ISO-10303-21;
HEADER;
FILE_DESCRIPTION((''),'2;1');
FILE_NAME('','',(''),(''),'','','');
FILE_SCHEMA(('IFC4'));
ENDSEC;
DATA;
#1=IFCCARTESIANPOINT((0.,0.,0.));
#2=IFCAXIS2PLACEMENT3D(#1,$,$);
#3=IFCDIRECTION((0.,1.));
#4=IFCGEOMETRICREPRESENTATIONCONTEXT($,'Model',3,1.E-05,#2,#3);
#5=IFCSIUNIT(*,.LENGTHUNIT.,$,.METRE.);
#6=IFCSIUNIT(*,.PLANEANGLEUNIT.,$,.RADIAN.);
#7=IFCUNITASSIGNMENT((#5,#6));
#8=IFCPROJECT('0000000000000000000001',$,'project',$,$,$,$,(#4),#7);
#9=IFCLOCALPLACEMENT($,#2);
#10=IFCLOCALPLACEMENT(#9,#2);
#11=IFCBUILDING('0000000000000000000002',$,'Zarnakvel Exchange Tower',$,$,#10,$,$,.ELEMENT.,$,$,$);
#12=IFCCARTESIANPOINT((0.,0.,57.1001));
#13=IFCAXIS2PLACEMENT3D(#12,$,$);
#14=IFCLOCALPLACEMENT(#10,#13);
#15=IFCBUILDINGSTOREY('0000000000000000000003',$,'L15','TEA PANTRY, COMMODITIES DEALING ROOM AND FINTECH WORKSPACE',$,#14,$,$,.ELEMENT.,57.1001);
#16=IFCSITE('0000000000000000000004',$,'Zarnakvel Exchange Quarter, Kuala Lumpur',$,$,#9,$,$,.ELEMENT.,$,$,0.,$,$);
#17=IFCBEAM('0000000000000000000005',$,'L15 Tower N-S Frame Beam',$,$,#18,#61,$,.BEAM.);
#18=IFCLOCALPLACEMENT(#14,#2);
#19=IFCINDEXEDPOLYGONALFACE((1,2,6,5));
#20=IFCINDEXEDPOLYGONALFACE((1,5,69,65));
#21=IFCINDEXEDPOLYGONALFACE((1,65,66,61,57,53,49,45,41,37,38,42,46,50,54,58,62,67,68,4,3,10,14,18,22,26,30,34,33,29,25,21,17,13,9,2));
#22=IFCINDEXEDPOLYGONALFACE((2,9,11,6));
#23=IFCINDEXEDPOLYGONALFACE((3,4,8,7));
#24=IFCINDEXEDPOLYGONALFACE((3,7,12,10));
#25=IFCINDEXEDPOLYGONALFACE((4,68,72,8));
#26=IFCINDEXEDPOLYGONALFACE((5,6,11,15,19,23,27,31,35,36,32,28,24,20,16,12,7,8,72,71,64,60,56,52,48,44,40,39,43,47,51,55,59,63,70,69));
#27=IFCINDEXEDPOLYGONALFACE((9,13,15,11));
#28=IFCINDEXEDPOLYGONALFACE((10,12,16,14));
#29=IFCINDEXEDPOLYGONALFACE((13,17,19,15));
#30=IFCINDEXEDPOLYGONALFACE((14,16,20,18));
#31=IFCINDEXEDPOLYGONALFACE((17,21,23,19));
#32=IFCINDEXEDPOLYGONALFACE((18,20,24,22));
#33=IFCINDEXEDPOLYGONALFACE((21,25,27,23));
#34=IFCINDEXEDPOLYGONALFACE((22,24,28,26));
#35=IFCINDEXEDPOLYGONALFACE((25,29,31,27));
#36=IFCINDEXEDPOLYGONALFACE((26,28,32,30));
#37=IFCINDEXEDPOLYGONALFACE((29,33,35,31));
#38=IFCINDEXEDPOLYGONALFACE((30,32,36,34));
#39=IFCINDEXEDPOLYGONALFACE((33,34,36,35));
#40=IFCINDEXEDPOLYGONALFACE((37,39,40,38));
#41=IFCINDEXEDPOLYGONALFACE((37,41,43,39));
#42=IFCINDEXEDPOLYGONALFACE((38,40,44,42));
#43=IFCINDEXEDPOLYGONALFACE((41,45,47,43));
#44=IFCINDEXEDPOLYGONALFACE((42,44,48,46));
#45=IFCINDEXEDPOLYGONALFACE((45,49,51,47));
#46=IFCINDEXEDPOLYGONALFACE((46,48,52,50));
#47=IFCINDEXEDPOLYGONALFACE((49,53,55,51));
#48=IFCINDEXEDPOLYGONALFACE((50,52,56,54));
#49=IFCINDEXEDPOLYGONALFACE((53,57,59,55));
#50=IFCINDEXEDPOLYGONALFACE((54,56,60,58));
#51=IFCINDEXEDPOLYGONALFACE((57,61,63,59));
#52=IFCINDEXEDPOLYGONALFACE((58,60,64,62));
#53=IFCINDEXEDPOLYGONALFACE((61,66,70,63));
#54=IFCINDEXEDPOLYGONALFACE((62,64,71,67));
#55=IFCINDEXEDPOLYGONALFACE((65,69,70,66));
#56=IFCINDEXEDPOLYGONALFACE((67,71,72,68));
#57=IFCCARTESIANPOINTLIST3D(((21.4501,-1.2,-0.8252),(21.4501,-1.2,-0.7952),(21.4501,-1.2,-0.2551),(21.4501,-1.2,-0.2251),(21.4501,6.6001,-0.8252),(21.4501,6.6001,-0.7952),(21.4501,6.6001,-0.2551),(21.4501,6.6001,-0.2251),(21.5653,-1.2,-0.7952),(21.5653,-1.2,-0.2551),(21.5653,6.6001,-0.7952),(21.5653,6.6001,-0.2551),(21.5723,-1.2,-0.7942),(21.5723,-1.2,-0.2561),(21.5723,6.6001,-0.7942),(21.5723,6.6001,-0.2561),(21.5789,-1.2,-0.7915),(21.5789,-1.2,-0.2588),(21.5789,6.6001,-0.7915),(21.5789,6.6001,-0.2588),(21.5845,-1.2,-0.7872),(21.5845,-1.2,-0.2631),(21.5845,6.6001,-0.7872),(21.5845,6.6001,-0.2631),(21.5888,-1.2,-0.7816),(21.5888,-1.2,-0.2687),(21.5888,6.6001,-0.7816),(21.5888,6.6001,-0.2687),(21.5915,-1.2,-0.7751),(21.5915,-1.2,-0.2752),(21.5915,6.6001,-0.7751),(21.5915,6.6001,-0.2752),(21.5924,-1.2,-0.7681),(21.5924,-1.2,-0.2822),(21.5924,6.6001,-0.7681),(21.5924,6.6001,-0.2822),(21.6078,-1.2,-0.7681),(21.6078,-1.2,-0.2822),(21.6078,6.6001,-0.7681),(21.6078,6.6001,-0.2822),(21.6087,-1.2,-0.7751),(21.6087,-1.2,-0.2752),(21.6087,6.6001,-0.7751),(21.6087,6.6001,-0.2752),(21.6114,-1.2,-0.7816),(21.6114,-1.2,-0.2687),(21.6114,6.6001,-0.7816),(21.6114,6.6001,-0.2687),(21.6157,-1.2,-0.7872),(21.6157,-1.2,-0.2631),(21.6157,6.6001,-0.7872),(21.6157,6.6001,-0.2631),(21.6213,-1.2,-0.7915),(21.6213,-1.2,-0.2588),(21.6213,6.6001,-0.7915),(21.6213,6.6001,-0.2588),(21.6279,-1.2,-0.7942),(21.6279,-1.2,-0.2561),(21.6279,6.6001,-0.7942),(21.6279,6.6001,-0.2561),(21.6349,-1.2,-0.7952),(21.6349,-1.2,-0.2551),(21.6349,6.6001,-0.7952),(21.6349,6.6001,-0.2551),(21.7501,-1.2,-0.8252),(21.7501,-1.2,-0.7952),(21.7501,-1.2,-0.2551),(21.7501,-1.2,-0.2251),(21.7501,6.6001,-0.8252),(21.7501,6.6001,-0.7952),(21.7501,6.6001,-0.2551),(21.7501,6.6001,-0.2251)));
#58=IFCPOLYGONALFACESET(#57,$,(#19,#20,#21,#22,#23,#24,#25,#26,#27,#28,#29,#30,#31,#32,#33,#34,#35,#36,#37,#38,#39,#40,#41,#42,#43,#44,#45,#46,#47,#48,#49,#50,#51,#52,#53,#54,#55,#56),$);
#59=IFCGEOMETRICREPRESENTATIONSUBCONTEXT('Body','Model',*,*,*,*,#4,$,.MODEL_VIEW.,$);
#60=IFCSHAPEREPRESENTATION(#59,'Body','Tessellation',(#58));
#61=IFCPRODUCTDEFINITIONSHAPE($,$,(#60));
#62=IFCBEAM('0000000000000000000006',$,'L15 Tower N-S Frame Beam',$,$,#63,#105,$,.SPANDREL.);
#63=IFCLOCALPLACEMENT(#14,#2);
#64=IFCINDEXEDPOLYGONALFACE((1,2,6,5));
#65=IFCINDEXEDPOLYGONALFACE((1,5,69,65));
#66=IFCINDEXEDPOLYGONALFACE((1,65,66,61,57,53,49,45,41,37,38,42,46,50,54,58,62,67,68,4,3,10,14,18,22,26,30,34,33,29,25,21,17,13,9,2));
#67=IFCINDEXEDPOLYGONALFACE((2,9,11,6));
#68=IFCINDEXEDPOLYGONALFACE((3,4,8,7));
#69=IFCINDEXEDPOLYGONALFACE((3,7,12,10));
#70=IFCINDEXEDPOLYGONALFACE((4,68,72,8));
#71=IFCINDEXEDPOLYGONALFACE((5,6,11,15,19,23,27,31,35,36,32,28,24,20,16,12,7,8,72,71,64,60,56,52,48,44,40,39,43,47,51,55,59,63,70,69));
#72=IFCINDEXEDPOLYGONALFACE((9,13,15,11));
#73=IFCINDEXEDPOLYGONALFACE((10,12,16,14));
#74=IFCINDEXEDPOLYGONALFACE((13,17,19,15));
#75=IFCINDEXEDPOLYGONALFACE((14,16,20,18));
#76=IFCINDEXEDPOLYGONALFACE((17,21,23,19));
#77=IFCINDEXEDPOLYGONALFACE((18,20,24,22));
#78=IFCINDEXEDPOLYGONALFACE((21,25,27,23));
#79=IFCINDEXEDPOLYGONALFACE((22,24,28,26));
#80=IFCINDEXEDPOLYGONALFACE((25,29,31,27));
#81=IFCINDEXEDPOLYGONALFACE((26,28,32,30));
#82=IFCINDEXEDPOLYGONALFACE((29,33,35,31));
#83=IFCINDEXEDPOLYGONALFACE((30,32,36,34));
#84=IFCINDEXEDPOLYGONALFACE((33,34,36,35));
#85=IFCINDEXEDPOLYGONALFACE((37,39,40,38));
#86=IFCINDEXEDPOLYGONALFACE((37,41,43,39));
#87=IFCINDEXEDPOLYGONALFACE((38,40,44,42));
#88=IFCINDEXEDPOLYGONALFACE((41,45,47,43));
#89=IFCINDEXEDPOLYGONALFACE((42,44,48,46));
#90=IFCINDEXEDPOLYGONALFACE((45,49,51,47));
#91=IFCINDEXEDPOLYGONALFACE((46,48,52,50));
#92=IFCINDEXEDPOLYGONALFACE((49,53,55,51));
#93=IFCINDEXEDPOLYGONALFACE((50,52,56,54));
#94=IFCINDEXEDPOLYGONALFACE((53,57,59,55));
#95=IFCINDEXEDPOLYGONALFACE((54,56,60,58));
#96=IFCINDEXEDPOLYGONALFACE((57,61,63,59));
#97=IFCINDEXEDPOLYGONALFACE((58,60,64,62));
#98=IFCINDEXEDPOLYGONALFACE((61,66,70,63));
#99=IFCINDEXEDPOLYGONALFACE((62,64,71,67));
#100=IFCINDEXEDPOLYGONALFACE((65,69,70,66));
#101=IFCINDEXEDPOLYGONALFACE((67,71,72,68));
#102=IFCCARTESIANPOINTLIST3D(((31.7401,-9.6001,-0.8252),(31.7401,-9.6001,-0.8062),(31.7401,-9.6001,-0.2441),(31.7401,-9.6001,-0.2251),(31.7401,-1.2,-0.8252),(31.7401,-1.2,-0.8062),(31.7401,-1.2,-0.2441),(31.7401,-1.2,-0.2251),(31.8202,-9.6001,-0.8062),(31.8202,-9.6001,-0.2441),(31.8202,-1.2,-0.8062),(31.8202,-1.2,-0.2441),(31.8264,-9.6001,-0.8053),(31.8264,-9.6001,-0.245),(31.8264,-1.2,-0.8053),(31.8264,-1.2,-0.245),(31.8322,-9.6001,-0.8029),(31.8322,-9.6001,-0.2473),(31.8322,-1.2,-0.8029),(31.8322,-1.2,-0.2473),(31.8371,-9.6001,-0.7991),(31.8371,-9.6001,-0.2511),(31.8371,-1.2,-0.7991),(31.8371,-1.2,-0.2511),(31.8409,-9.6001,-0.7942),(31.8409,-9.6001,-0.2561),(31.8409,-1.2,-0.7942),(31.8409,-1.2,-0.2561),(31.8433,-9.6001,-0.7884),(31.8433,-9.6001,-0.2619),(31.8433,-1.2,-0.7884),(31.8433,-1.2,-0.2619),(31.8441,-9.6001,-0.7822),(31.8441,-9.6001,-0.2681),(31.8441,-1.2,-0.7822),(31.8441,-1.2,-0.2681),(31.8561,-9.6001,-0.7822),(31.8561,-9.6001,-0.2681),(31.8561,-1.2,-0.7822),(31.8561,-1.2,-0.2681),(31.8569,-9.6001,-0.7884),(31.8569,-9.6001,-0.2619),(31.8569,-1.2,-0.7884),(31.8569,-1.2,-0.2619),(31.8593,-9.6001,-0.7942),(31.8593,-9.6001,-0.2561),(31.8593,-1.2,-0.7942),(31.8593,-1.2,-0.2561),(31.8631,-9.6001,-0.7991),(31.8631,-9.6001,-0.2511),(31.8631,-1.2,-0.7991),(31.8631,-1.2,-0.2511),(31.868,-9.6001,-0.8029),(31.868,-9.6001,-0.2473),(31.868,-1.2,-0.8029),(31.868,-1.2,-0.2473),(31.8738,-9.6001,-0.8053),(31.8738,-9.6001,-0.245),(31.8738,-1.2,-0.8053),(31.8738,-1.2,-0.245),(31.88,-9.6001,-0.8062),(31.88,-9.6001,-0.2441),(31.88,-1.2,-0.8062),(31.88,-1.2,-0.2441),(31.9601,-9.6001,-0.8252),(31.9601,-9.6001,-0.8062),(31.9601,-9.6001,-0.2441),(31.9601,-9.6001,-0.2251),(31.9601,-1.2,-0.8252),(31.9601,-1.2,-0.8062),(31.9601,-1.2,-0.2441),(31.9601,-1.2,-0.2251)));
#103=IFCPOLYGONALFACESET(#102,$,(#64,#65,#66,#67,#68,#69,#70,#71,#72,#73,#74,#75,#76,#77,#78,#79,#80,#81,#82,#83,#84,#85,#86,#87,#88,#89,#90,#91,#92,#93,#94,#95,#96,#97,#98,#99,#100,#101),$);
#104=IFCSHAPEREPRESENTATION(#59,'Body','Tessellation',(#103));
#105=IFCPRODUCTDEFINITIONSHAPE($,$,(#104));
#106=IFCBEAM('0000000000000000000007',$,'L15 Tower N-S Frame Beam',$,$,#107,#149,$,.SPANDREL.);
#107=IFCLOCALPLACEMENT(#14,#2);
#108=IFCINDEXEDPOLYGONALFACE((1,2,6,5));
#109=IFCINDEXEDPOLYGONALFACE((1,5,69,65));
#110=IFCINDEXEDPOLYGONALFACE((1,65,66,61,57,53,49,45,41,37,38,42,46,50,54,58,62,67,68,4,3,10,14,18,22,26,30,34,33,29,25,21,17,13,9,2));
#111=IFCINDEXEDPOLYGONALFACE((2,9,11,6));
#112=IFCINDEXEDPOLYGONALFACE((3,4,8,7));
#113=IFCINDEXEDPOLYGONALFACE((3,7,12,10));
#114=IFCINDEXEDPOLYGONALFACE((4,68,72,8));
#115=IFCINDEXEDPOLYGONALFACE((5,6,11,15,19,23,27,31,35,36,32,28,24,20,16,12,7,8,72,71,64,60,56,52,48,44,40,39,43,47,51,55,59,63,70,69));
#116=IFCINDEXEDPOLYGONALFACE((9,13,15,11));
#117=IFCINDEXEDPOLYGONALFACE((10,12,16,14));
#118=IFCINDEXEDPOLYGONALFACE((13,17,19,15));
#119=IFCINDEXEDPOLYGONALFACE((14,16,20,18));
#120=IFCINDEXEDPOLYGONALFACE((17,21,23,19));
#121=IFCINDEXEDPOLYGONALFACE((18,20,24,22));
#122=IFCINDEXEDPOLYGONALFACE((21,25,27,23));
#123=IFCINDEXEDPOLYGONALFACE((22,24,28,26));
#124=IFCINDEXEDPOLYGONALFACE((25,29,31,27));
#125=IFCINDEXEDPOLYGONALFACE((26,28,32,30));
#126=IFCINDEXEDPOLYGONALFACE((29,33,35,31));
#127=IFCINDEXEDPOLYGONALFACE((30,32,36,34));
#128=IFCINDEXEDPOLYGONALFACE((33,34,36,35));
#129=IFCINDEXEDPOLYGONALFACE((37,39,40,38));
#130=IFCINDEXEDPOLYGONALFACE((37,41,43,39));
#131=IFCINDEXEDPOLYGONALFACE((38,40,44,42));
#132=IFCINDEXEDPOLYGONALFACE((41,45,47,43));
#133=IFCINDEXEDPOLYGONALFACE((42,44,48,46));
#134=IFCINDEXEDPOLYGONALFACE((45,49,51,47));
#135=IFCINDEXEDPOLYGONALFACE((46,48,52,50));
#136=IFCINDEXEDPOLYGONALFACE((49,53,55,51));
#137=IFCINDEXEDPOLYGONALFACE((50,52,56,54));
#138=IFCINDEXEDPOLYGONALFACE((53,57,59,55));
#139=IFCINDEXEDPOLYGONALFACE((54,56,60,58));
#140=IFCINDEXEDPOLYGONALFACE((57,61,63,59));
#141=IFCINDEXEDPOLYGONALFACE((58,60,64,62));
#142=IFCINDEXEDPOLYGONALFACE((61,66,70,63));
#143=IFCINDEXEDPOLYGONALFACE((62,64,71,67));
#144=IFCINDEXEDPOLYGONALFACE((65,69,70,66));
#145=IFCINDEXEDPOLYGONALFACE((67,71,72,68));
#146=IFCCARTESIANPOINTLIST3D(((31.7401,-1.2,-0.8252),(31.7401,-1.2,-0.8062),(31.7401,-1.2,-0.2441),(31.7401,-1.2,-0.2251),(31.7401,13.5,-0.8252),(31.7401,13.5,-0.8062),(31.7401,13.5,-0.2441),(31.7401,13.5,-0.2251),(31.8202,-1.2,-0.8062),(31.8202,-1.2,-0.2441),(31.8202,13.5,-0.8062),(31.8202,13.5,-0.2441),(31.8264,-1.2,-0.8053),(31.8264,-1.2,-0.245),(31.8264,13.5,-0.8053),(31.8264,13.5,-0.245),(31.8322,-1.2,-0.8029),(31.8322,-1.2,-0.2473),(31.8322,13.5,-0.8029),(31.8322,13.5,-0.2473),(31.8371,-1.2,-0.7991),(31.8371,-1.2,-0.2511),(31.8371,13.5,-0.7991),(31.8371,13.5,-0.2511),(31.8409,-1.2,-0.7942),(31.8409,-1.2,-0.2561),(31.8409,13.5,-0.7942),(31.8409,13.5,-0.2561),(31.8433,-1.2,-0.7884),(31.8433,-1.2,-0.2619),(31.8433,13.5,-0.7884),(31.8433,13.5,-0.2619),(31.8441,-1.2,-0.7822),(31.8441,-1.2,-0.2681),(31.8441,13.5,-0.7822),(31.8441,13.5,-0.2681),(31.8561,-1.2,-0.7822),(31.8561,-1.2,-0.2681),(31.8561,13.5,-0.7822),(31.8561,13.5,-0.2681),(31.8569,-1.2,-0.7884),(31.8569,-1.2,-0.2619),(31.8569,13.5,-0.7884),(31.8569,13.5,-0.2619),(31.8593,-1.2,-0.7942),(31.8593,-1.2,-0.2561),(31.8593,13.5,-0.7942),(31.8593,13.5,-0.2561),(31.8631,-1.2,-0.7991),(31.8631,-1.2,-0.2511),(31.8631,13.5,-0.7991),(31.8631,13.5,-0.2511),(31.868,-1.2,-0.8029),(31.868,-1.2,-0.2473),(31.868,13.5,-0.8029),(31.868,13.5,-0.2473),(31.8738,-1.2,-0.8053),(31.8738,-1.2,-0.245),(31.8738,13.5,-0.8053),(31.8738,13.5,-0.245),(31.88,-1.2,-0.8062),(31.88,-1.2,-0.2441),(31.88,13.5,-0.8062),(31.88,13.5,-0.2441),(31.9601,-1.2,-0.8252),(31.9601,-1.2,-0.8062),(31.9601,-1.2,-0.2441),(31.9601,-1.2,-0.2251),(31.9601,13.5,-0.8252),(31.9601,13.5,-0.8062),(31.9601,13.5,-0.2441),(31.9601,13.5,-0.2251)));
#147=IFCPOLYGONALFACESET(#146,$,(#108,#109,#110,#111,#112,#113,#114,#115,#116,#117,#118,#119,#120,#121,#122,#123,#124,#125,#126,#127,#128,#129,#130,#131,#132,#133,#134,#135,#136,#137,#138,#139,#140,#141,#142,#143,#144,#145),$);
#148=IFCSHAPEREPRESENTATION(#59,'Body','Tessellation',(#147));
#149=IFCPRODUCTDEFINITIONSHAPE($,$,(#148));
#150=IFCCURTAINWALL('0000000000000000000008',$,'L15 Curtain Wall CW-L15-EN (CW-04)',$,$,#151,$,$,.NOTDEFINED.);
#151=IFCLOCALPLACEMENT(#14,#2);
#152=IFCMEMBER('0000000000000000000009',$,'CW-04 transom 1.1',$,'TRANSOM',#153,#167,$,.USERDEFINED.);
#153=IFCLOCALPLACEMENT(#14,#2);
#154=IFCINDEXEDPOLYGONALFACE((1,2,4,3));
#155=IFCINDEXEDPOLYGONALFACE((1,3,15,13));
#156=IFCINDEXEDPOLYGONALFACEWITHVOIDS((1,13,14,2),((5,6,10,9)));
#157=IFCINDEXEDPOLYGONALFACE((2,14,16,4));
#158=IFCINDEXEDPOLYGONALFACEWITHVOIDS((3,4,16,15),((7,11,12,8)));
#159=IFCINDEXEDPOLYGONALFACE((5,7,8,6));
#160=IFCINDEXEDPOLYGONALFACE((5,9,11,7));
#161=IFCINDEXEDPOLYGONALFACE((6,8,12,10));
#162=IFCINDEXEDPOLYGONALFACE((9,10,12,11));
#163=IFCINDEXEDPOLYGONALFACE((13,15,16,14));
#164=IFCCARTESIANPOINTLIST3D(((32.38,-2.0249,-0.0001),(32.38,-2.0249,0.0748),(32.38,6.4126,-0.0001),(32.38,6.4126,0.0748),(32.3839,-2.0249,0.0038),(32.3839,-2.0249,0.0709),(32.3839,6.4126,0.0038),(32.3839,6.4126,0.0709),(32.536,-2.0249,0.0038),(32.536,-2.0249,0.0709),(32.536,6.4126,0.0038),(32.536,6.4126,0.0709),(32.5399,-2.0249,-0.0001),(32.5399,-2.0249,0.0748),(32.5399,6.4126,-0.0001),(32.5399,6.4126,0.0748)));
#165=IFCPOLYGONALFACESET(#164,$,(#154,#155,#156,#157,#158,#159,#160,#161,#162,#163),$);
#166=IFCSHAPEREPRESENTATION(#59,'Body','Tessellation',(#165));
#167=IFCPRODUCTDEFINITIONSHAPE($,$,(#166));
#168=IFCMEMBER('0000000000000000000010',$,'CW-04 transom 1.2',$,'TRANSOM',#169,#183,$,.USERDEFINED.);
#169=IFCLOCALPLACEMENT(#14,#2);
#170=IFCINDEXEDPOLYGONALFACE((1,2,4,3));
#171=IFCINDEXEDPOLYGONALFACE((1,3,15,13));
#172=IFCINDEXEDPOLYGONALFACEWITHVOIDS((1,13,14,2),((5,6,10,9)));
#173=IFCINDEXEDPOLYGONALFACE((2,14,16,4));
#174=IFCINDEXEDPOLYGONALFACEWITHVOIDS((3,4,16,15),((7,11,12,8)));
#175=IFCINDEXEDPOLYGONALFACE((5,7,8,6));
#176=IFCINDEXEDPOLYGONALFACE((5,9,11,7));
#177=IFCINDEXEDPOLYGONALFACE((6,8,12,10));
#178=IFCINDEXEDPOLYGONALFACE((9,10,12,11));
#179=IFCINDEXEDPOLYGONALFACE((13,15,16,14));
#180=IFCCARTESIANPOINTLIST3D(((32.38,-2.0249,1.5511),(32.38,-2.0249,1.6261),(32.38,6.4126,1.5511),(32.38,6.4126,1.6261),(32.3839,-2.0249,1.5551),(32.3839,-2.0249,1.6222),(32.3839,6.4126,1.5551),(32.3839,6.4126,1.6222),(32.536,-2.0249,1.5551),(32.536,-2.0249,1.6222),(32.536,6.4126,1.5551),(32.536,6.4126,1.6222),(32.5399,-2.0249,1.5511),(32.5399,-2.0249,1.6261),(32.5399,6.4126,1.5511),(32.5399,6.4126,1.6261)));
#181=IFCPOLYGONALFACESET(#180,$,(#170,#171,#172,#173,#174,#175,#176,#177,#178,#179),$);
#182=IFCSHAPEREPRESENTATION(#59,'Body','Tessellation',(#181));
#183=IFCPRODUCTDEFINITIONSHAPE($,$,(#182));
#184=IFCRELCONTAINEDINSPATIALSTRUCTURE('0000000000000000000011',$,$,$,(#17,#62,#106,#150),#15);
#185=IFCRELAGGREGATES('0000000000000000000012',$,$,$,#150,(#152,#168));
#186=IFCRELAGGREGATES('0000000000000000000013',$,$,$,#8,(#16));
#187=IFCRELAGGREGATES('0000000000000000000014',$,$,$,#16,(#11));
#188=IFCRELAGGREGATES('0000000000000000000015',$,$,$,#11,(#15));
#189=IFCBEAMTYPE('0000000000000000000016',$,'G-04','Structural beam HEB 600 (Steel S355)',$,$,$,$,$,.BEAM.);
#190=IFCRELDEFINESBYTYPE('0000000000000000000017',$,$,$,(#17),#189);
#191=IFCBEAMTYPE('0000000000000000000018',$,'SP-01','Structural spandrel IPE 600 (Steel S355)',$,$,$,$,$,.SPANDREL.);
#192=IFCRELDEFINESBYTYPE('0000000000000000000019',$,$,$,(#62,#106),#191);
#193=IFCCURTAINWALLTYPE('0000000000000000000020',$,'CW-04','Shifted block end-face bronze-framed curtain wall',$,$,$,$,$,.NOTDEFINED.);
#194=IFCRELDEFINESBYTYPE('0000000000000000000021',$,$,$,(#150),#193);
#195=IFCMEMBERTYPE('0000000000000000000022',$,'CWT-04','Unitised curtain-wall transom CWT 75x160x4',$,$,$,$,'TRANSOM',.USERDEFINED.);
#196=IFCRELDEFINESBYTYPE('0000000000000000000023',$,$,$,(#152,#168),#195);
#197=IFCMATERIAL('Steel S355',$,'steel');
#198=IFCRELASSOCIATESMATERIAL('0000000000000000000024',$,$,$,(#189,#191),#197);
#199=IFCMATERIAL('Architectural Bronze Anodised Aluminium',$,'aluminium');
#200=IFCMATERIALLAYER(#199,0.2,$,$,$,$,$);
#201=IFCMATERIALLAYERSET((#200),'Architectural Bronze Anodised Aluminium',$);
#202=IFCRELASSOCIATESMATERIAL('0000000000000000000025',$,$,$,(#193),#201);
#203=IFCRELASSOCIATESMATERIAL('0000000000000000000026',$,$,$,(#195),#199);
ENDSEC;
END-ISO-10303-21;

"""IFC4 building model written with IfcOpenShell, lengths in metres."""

from ifc_helpers import new_model, si_unit, direction, frame, origin, origin_2d, place, context, subcontext, project, spatial, hollow_rectangle, i_section, extrude, source, transform, mapped, material, layer, layer_set, material_profile, profile_set, type_object, element, aggregate, save


model = new_model("IFC4")

# Units and contexts
model_context = context("Model", 3, precision=1e-05, world=origin(), true_north=direction((0.0, 1.0)))
body_context = subcontext(model_context, "Body", "Model", "MODEL_VIEW")
ifc_project = project(units=[si_unit("LENGTHUNIT", "METRE"), si_unit("PLANEANGLEUNIT", "RADIAN")], contexts=[model_context])

# Site, building, storey
site_placement = place(None, origin())
site = spatial("IfcSite", under=ifc_project, at=site_placement, Name="Zarnakvel Exchange Quarter, Kuala Lumpur", CompositionType="ELEMENT", RefElevation=0.0)
building_placement = place(site_placement, origin())
building = spatial("IfcBuilding", under=site, at=building_placement, Name="Zarnakvel Exchange Tower", CompositionType="ELEMENT")
storey_placement = place(building_placement, frame((0.0, 0.0, 57.1001)))
storey = spatial("IfcBuildingStorey", under=building, at=storey_placement, Name="L15", Description="TEA PANTRY, COMMODITIES DEALING ROOM AND FINTECH WORKSPACE", CompositionType="ELEMENT", Elevation=57.1001)

# Shared definitions
ifc_material_1 = material(Name="Steel S355", Category="steel")

# Beams
ifc_material_profile_1 = material_profile(ifc_material_1, i_section(OverallWidth=0.3, OverallDepth=0.6001, WebThickness=0.0154, FlangeThickness=0.03, FilletRadius=0.0271, at=origin_2d()))
ifc_profile_set_1 = profile_set([ifc_material_profile_1], Name="Steel S355")
beam_type_1 = type_object("IfcBeamType", Name="G-04", Description="Structural beam HEB 600 (Steel S355)", PredefinedType="BEAM", material=ifc_profile_set_1)
beam_1_placement = place(storey_placement, frame((21.6001, -1.2, -0.5251), z_axis=(0.0, 1.0, 0.0), x_axis=(-1.0, 0.0, 0.0)))
element("IfcBeam", 1, at=beam_1_placement, inside=storey, type_object=beam_type_1, Name="L15 Tower N-S Frame Beam", PredefinedType="BEAM", context=body_context, shape_type="SweptSolid", body=[
    extrude(i_section(OverallWidth=0.3, OverallDepth=0.6001, WebThickness=0.0154, FlangeThickness=0.03, FilletRadius=0.0271, at=origin_2d()), origin(), (0.0, 0.0, 1.0), 7.8),
])
ifc_material_profile_2 = material_profile(ifc_material_1, i_section(OverallWidth=0.22, OverallDepth=0.6001, WebThickness=0.012, FlangeThickness=0.019, FilletRadius=0.0239, at=origin_2d()))
ifc_profile_set_2 = profile_set([ifc_material_profile_2], Name="Steel S355")
beam_type_2 = type_object("IfcBeamType", Name="SP-01", Description="Structural spandrel IPE 600 (Steel S355)", PredefinedType="SPANDREL", material=ifc_profile_set_2)
beam_2_placement = place(storey_placement, frame((31.8501, -9.6001, -0.5251), z_axis=(0.0, 1.0, 0.0), x_axis=(-1.0, 0.0, 0.0)))
element("IfcBeam", 2, at=beam_2_placement, inside=storey, type_object=beam_type_2, Name="L15 Tower N-S Frame Beam", PredefinedType="SPANDREL", context=body_context, shape_type="SweptSolid", body=[
    extrude(i_section(OverallWidth=0.22, OverallDepth=0.6001, WebThickness=0.012, FlangeThickness=0.019, FilletRadius=0.0239, at=origin_2d()), origin(), (0.0, 0.0, 1.0), 8.4001),
])
beam_3_placement = place(storey_placement, frame((31.8501, -1.2, -0.5251), z_axis=(0.0, 1.0, 0.0), x_axis=(-1.0, 0.0, 0.0)))
element("IfcBeam", 3, at=beam_3_placement, inside=storey, type_object=beam_type_2, Name="L15 Tower N-S Frame Beam", PredefinedType="SPANDREL", context=body_context, shape_type="SweptSolid", body=[
    extrude(i_section(OverallWidth=0.22, OverallDepth=0.6001, WebThickness=0.012, FlangeThickness=0.019, FilletRadius=0.0239, at=origin_2d()), origin(), (0.0, 0.0, 1.0), 14.7),
])

# Curtain wall, members
ifc_material_2 = material(Name="Architectural Bronze Anodised Aluminium", Category="aluminium")
ifc_layer_1 = layer(ifc_material_2, 0.2)
ifc_layer_set_1 = layer_set([ifc_layer_1], Name="Architectural Bronze Anodised Aluminium")
curtain_wall_type = type_object("IfcCurtainWallType", Name="CW-04", Description="Shifted block end-face bronze-framed curtain wall", PredefinedType="NOTDEFINED", material=ifc_layer_set_1)
curtain_wall_placement = place(storey_placement, origin())
curtain_wall = element("IfcCurtainWall", 4, at=curtain_wall_placement, inside=storey, type_object=curtain_wall_type, Name="L15 Curtain Wall CW-L15-EN (CW-04)", PredefinedType="NOTDEFINED")
ifc_material_profile_3 = material_profile(ifc_material_2, hollow_rectangle(XDim=0.1599, YDim=0.075, WallThickness=0.0039, at=origin_2d()))
ifc_profile_set_3 = profile_set([ifc_material_profile_3], Name="Architectural Bronze Anodised Aluminium")
member_type_1 = type_object("IfcMemberType", Name="CWT-04", Description="Unitised curtain-wall transom CWT 75x160x4", ElementType="TRANSOM", PredefinedType="USERDEFINED", material=ifc_profile_set_3)
shared_shape_1 = source(origin(), body_context, "Body", "SweptSolid", [
    extrude(hollow_rectangle(XDim=0.1599, YDim=0.075, WallThickness=0.0039, at=origin_2d()), origin(), (0.0, 0.0, 1.0), 8.4375),
])
member_1_placement = place(storey_placement, frame((32.46, -2.0249, 0.0374), z_axis=(0.0, 1.0, 0.0), x_axis=(-1.0, 0.0, 0.0)))
member_1 = element("IfcMember", 5, at=member_1_placement, type_object=member_type_1, Name="CW-04 transom 1.1", ObjectType="TRANSOM", PredefinedType="USERDEFINED", context=body_context, shape_type="MappedRepresentation", body=[
    mapped(shared_shape_1, transform((0.0, 0.0, 0.0), x_axis=(1.0, 0.0, 0.0), y_axis=(0.0, 1.0, 0.0), z_axis=(0.0, 0.0, 1.0), scale=1.0)),
])
member_2_placement = place(storey_placement, frame((32.46, -2.0249, 1.5886), z_axis=(0.0, 1.0, 0.0), x_axis=(-1.0, 0.0, 0.0)))
member_2 = element("IfcMember", 6, at=member_2_placement, type_object=member_type_1, Name="CW-04 transom 1.2", ObjectType="TRANSOM", PredefinedType="USERDEFINED", context=body_context, shape_type="MappedRepresentation", body=[
    mapped(shared_shape_1, transform((0.0, 0.0, 0.0), x_axis=(1.0, 0.0, 0.0), y_axis=(0.0, 1.0, 0.0), z_axis=(0.0, 0.0, 1.0), scale=1.0)),
])
aggregate(curtain_wall, [member_1, member_2])

save(model, "model.ifc")
